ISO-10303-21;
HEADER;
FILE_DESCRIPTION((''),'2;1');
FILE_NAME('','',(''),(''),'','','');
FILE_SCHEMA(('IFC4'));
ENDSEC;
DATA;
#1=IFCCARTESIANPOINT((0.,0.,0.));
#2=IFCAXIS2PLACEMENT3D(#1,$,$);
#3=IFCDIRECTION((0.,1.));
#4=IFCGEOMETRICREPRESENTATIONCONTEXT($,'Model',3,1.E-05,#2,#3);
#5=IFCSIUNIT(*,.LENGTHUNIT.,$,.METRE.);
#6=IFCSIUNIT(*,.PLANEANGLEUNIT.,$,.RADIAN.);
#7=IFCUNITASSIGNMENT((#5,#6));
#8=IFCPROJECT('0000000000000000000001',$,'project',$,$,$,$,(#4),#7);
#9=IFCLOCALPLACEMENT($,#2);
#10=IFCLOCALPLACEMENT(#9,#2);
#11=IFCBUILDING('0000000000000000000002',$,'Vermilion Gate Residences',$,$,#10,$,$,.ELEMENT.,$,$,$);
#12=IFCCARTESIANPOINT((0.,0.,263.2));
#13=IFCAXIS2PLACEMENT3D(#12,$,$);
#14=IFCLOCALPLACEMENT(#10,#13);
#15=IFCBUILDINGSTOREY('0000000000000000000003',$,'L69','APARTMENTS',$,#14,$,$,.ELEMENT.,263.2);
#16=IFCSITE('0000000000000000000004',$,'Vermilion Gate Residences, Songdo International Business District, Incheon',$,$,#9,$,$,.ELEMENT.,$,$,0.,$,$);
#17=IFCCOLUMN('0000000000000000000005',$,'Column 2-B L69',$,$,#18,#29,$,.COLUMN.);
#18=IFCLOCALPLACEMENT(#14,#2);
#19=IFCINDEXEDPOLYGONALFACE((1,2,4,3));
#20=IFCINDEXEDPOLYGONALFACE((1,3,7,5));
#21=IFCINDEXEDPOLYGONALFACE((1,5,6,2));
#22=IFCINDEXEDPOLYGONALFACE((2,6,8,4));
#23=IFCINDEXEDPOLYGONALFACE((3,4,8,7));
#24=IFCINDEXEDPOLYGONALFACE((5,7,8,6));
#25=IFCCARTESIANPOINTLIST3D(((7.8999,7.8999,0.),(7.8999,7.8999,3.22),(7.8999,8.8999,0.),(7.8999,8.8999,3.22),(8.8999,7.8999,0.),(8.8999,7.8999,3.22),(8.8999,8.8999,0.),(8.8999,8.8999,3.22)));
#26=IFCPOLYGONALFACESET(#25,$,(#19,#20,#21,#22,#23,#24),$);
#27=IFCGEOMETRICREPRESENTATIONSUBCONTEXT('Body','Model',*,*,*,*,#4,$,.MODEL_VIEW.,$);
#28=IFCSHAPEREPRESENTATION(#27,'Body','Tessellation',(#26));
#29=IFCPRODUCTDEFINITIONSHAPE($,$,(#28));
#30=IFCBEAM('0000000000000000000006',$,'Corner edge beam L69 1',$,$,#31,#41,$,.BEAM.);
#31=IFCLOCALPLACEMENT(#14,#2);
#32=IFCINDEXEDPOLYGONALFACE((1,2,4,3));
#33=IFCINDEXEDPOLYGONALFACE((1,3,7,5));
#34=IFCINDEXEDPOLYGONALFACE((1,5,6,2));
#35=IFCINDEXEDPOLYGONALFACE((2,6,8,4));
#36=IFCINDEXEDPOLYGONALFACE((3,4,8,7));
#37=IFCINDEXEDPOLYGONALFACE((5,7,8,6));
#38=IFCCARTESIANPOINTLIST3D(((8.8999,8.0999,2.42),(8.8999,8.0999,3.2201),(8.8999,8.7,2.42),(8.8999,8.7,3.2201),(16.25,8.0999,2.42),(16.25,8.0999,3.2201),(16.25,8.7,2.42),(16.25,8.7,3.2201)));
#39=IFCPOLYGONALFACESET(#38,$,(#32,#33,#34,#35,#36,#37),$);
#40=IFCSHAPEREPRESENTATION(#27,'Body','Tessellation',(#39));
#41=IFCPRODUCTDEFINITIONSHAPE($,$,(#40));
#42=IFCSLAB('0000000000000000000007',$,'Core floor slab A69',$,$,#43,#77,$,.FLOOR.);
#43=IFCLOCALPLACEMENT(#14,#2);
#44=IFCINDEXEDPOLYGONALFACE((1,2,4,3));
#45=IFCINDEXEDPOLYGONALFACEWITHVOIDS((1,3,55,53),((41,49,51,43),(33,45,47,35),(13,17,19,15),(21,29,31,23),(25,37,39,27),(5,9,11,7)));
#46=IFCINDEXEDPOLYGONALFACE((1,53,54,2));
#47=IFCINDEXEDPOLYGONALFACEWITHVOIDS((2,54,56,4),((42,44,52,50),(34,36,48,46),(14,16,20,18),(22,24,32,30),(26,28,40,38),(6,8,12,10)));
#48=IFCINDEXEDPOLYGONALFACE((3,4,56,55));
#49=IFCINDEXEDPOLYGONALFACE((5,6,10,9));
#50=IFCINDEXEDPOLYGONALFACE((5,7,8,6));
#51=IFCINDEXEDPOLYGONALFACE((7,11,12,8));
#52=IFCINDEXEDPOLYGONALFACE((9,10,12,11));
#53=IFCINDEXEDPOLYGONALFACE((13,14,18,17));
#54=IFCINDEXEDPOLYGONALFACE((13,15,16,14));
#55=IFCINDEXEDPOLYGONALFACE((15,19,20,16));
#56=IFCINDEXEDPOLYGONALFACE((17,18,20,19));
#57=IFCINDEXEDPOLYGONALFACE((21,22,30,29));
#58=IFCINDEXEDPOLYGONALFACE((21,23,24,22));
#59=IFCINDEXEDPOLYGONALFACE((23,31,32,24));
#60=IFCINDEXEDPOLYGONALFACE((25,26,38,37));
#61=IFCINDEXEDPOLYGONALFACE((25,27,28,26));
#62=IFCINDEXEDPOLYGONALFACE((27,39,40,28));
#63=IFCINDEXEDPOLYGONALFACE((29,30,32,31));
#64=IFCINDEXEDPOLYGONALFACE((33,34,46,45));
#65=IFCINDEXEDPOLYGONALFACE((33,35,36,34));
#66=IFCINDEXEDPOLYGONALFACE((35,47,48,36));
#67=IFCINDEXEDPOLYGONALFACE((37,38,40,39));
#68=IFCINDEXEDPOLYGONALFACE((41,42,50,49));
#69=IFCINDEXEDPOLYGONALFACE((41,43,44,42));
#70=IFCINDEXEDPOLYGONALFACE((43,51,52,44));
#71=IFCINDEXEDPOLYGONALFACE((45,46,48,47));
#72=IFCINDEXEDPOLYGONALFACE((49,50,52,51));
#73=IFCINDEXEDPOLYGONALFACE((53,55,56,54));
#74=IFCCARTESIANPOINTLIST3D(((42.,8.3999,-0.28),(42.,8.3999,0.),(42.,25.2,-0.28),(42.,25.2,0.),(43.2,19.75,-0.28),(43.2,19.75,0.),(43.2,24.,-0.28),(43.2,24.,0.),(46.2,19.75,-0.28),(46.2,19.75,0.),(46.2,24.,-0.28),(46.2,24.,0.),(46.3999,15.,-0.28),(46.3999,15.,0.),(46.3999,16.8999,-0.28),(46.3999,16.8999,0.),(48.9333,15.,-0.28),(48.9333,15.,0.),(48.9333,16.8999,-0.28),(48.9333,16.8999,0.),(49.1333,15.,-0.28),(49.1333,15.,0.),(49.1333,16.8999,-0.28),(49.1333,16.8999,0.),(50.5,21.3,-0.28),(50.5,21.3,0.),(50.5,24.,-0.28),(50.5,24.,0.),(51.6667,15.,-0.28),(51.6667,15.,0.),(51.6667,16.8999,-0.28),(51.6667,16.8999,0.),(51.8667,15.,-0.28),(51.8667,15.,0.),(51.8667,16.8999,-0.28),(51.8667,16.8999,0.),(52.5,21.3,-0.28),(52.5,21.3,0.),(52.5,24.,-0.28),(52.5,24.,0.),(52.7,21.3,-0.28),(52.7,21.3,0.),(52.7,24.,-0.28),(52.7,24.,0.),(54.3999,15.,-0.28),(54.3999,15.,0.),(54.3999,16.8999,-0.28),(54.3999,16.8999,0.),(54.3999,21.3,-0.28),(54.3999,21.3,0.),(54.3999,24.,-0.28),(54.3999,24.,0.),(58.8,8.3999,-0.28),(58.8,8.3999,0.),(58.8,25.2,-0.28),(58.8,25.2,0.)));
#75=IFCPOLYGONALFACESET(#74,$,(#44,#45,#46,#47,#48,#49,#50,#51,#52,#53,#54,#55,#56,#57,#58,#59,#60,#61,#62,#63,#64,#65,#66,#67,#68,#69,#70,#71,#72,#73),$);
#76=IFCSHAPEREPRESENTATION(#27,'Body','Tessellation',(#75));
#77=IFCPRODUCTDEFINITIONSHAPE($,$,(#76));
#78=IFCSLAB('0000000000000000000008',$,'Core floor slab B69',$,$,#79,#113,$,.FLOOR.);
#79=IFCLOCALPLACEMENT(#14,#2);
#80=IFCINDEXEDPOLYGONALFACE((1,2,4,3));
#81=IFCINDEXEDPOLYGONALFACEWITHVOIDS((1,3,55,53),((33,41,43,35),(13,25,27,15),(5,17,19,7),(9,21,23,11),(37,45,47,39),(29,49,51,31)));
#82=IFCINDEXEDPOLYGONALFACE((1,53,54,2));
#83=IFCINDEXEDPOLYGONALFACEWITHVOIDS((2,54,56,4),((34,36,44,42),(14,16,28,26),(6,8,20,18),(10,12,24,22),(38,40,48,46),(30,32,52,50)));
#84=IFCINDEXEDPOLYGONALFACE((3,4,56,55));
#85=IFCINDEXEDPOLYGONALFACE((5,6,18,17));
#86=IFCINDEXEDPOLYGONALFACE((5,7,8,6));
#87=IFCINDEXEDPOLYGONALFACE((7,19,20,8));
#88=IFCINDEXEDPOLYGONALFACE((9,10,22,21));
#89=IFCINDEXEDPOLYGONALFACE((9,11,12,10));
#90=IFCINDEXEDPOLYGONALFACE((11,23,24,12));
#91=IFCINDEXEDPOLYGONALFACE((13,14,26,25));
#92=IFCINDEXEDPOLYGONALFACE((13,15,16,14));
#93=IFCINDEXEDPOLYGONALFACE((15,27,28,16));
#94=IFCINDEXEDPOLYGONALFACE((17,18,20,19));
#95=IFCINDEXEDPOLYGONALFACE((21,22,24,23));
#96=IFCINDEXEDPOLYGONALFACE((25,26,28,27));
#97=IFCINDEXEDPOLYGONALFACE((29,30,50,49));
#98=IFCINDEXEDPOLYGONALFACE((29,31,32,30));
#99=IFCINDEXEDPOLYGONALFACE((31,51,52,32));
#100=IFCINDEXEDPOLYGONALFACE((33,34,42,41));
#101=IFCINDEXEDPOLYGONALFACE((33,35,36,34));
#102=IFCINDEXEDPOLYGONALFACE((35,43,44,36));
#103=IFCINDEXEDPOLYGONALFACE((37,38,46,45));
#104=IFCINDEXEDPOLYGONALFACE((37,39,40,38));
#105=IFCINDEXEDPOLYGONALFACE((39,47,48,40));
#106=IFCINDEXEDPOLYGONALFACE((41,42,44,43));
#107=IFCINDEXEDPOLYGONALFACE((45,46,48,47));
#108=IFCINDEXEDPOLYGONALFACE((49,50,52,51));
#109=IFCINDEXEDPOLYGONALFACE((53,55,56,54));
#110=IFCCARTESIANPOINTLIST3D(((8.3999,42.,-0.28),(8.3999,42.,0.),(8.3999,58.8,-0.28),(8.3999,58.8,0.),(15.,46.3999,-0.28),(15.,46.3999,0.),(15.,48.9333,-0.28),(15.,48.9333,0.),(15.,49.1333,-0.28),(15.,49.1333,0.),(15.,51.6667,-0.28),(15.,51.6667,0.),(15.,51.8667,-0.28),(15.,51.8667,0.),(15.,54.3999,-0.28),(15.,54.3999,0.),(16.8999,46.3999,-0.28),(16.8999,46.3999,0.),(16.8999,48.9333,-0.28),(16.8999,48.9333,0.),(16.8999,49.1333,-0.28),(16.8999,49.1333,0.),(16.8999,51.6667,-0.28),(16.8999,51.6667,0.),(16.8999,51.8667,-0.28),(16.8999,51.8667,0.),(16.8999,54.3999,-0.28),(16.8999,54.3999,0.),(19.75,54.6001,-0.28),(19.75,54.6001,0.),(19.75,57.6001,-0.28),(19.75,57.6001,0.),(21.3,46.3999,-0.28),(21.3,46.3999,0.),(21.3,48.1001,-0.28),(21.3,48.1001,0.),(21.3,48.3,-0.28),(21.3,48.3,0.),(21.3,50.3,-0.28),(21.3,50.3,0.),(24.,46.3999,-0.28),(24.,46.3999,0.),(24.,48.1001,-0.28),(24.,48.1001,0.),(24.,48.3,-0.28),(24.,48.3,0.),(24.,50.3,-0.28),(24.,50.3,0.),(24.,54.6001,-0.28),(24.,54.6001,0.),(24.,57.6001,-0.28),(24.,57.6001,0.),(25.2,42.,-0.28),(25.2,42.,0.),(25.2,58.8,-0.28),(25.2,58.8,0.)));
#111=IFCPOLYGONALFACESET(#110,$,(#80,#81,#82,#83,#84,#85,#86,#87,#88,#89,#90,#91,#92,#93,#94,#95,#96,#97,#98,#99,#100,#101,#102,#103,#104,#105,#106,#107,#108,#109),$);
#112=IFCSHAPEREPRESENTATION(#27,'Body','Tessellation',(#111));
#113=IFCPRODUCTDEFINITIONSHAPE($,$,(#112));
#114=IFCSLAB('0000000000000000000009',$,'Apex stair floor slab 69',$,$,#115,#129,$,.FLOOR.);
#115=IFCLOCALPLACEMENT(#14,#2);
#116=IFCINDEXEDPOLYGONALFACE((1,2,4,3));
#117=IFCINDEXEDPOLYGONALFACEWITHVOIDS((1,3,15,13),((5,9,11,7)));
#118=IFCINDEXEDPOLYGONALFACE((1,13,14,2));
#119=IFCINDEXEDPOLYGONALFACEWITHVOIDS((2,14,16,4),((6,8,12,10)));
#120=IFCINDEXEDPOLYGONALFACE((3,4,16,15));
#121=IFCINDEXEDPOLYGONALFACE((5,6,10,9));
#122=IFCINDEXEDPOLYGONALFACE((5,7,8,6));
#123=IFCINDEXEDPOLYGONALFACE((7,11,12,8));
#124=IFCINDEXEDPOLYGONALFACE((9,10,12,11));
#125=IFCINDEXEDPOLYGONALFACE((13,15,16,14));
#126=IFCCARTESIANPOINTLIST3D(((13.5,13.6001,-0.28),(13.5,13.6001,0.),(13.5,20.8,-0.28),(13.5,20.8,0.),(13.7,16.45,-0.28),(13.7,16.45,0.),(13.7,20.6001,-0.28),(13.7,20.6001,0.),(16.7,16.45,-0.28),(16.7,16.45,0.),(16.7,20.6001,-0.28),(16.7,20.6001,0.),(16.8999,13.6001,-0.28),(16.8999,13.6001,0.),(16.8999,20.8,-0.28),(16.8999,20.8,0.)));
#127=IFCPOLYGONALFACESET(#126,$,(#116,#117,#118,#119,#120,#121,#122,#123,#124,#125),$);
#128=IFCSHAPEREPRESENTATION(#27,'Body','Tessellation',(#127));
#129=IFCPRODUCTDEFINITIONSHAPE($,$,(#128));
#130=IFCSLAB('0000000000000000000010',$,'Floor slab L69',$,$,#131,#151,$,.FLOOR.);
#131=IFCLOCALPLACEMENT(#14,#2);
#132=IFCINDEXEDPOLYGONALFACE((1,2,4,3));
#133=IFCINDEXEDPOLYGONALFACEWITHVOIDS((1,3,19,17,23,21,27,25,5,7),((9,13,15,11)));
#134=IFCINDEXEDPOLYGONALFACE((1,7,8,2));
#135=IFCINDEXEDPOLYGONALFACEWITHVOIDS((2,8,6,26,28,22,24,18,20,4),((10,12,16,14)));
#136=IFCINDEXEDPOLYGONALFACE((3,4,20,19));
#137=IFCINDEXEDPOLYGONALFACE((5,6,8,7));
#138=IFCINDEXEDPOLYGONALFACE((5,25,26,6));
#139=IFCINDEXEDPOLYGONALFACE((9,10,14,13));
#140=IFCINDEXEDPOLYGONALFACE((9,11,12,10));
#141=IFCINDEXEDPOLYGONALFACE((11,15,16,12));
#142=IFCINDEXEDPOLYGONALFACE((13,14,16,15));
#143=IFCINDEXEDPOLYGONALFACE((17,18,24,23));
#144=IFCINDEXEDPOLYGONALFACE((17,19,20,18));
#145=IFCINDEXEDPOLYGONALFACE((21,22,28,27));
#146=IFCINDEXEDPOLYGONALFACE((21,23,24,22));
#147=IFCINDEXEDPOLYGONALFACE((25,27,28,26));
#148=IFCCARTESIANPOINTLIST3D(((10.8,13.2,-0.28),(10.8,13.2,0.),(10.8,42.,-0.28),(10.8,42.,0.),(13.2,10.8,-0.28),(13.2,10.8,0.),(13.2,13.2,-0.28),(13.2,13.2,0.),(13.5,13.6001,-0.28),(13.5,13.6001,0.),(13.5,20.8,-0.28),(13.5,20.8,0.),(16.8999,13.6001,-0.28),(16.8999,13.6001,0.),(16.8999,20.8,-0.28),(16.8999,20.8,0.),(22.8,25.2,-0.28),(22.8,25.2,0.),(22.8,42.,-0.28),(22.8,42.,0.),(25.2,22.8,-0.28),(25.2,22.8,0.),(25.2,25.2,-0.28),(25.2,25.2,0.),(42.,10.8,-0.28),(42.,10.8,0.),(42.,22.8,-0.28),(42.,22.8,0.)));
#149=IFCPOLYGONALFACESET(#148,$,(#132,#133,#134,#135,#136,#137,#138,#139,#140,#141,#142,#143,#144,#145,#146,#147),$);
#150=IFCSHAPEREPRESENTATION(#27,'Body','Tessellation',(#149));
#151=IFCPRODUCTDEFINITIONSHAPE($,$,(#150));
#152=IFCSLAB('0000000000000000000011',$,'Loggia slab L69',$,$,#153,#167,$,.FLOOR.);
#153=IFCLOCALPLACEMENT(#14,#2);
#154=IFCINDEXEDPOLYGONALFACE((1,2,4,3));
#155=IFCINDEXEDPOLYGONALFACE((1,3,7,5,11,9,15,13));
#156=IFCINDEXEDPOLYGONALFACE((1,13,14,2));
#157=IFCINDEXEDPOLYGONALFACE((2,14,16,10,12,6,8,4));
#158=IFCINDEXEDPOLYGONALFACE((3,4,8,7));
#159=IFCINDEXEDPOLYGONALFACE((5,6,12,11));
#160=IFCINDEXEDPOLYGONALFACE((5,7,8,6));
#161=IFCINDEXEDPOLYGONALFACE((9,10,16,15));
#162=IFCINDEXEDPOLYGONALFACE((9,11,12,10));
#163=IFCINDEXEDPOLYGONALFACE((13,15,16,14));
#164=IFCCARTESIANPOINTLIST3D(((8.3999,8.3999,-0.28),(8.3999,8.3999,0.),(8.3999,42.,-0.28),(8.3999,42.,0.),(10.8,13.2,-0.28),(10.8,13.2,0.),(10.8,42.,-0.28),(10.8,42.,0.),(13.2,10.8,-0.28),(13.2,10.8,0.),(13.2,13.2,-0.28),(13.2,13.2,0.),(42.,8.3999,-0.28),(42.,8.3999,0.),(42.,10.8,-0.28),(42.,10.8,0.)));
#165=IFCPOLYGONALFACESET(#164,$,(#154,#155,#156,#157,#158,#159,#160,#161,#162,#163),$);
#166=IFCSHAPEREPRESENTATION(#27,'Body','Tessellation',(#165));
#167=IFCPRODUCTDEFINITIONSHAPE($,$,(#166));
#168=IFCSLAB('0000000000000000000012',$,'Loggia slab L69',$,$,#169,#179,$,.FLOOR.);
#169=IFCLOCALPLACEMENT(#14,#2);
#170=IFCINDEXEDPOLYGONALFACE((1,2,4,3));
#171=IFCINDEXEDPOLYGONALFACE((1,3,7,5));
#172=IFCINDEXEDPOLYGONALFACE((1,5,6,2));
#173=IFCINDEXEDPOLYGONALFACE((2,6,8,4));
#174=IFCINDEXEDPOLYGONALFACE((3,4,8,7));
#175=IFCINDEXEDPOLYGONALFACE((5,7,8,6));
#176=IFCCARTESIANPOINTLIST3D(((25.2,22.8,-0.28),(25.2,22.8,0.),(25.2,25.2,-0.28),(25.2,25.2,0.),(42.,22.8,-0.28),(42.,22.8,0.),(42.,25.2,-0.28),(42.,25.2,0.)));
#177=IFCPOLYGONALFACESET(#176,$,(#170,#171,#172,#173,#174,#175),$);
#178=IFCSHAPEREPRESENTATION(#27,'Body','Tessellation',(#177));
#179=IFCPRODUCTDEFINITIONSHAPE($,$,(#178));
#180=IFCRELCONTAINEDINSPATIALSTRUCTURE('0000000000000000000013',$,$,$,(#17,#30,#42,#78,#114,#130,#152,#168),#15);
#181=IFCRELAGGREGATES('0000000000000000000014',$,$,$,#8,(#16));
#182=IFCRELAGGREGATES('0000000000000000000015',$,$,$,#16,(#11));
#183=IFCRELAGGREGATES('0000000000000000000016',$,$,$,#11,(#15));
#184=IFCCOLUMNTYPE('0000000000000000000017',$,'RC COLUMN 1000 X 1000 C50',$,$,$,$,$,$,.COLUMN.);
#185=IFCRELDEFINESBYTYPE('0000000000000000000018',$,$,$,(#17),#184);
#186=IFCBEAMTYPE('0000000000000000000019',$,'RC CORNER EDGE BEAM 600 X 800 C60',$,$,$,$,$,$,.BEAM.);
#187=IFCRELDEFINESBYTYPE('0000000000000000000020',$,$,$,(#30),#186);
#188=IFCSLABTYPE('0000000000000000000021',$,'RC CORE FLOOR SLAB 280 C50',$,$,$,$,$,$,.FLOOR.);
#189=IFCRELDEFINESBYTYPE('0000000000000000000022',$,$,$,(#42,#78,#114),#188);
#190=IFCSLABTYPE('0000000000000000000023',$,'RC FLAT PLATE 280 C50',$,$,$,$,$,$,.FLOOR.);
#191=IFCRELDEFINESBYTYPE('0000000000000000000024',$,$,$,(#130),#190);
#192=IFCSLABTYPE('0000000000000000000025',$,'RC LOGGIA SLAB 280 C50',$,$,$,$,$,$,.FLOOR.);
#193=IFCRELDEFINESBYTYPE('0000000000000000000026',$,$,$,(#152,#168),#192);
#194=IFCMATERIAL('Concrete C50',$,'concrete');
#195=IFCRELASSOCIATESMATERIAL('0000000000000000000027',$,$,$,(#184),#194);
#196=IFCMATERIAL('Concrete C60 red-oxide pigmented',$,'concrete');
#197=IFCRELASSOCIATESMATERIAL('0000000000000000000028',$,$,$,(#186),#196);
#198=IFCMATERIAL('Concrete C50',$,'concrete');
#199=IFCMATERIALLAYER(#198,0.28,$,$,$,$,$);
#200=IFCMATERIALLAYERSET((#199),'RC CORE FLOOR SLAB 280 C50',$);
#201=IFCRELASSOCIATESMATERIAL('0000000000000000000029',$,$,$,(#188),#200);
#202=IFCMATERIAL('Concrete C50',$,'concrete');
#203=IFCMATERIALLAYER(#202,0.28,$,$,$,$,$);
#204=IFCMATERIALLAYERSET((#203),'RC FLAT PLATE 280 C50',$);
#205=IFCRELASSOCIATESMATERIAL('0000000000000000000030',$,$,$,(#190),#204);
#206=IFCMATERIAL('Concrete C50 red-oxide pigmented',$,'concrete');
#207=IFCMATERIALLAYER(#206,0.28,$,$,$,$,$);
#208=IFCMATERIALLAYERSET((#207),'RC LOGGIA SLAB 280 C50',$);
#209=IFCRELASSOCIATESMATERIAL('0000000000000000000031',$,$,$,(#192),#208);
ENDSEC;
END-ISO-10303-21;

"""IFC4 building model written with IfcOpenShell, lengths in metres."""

from ifc_helpers import new_model, si_unit, direction, frame, origin, origin_2d, place, context, subcontext, project, spatial, polyline, rectangle, outline, extrude, material, layer, layer_set, material_profile, profile_set, type_object, element, save


model = new_model("IFC4")

# Units and contexts
model_context = context("Model", 3, precision=1e-05, world=origin(), true_north=direction((0.0, 1.0)))
body_context = subcontext(model_context, "Body", "Model", "MODEL_VIEW")
ifc_project = project(units=[si_unit("LENGTHUNIT", "METRE"), si_unit("PLANEANGLEUNIT", "RADIAN")], contexts=[model_context])

# Site, building, storey
site_placement = place(None, origin())
site = spatial("IfcSite", under=ifc_project, at=site_placement, Name="Vermilion Gate Residences, Songdo International Business District, Incheon", CompositionType="ELEMENT", RefElevation=0.0)
building_placement = place(site_placement, origin())
building = spatial("IfcBuilding", under=site, at=building_placement, Name="Vermilion Gate Residences", CompositionType="ELEMENT")
storey_placement = place(building_placement, frame((0.0, 0.0, 263.2)))
storey = spatial("IfcBuildingStorey", under=building, at=storey_placement, Name="L69", Description="APARTMENTS", CompositionType="ELEMENT", Elevation=263.2)

# Column
ifc_material_1 = material(Name="Concrete C50", Category="concrete")
ifc_material_profile_1 = material_profile(ifc_material_1, rectangle(XDim=1.0, YDim=1.0, at=origin_2d()), Name="RC-1000x1000")
ifc_profile_set_1 = profile_set([ifc_material_profile_1], Name="Concrete C50")
column_type = type_object("IfcColumnType", Name="RC COLUMN 1000 X 1000 C50", PredefinedType="COLUMN", material=ifc_profile_set_1)
column_placement = place(storey_placement, frame((8.3999, 8.3999, 0.0), z_axis=(0.0, 0.0, 1.0), x_axis=(1.0, 0.0, 0.0)))
element("IfcColumn", 1, at=column_placement, inside=storey, type_object=column_type, Name="Column 2-B L69", PredefinedType="COLUMN", context=body_context, shape_type="SweptSolid", body=[
    extrude(rectangle(XDim=1.0, YDim=1.0, at=origin_2d()), origin(), (0.0, 0.0, 1.0), 3.22),
])

# Beam
ifc_material_2 = material(Name="Concrete C60 red-oxide pigmented", Category="concrete")
ifc_material_profile_2 = material_profile(ifc_material_2, rectangle(XDim=0.6001, YDim=0.8, at=origin_2d()), Name="RC-600x800")
ifc_profile_set_2 = profile_set([ifc_material_profile_2], Name="Concrete C60 red-oxide pigmented")
beam_type = type_object("IfcBeamType", Name="RC CORNER EDGE BEAM 600 X 800 C60", PredefinedType="BEAM", material=ifc_profile_set_2)
beam_placement = place(storey_placement, frame((8.8999, 8.3999, 2.8201), z_axis=(1.0, 0.0, 0.0), x_axis=(0.0, 1.0, 0.0)))
element("IfcBeam", 2, at=beam_placement, inside=storey, type_object=beam_type, Name="Corner edge beam L69 1", PredefinedType="BEAM", context=body_context, shape_type="SweptSolid", body=[
    extrude(rectangle(XDim=0.6001, YDim=0.8, at=origin_2d()), origin(), (0.0, 0.0, 1.0), 7.3501),
])

# Slabs
ifc_material_3 = material(Name="Concrete C50", Category="concrete")
ifc_layer_1 = layer(ifc_material_3, 0.28)
ifc_layer_set_1 = layer_set([ifc_layer_1], Name="RC CORE FLOOR SLAB 280 C50")
slab_type_1 = type_object("IfcSlabType", Name="RC CORE FLOOR SLAB 280 C50", PredefinedType="FLOOR", material=ifc_layer_set_1)
slab_1_placement = place(storey_placement, frame((0.0, 0.0, -0.28)))
element("IfcSlab", 3, at=slab_1_placement, inside=storey, type_object=slab_type_1, Name="Core floor slab A69", PredefinedType="FLOOR", context=body_context, shape_type="SweptSolid", body=[
    extrude(outline(polyline([(42.0, 8.3999), (58.8, 8.3999), (58.8, 25.2), (42.0, 25.2), (42.0, 8.3999)]), holes=[polyline([(46.3999, 15.0), (46.3999, 16.8999), (48.9333, 16.8999), (48.9333, 15.0), (46.3999, 15.0)]), polyline([(49.1333, 16.8999), (51.6667, 16.8999), (51.6667, 15.0), (49.1333, 15.0), (49.1333, 16.8999)]), polyline([(51.8667, 16.8999), (54.3999, 16.8999), (54.3999, 15.0), (51.8667, 15.0), (51.8667, 16.8999)]), polyline([(43.2, 19.75), (43.2, 24.0), (46.2, 24.0), (46.2, 19.75), (43.2, 19.75)]), polyline([(50.5, 24.0), (52.5, 24.0), (52.5, 21.3), (50.5, 21.3), (50.5, 24.0)]), polyline([(52.7, 24.0), (54.3999, 24.0), (54.3999, 21.3), (52.7, 21.3), (52.7, 24.0)])]), origin(), (0.0, 0.0, 1.0), 0.28),
])
slab_2_placement = place(storey_placement, frame((0.0, 0.0, -0.28)))
element("IfcSlab", 4, at=slab_2_placement, inside=storey, type_object=slab_type_1, Name="Core floor slab B69", PredefinedType="FLOOR", context=body_context, shape_type="SweptSolid", body=[
    extrude(outline(polyline([(8.3999, 42.0), (25.2, 42.0), (25.2, 58.8), (8.3999, 58.8), (8.3999, 42.0)]), holes=[polyline([(21.3, 46.3999), (21.3, 48.1001), (24.0, 48.1001), (24.0, 46.3999), (21.3, 46.3999)]), polyline([(15.0, 48.9333), (16.8999, 48.9333), (16.8999, 46.3999), (15.0, 46.3999), (15.0, 48.9333)]), polyline([(21.3, 50.3), (24.0, 50.3), (24.0, 48.3), (21.3, 48.3), (21.3, 50.3)]), polyline([(15.0, 49.1333), (15.0, 51.6667), (16.8999, 51.6667), (16.8999, 49.1333), (15.0, 49.1333)]), polyline([(15.0, 54.3999), (16.8999, 54.3999), (16.8999, 51.8667), (15.0, 51.8667), (15.0, 54.3999)]), polyline([(19.75, 57.6001), (24.0, 57.6001), (24.0, 54.6001), (19.75, 54.6001), (19.75, 57.6001)])]), origin(), (0.0, 0.0, 1.0), 0.28),
])
slab_3_placement = place(storey_placement, frame((0.0, 0.0, -0.28)))
element("IfcSlab", 5, at=slab_3_placement, inside=storey, type_object=slab_type_1, Name="Apex stair floor slab 69", PredefinedType="FLOOR", context=body_context, shape_type="SweptSolid", body=[
    extrude(outline(polyline([(13.5, 13.6001), (16.8999, 13.6001), (16.8999, 20.8), (13.5, 20.8), (13.5, 13.6001)]), holes=[polyline([(16.7, 20.6001), (16.7, 16.45), (13.7, 16.45), (13.7, 20.6001), (16.7, 20.6001)])]), origin(), (0.0, 0.0, 1.0), 0.28),
])
ifc_material_4 = material(Name="Concrete C50", Category="concrete")
ifc_layer_2 = layer(ifc_material_4, 0.28)
ifc_layer_set_2 = layer_set([ifc_layer_2], Name="RC FLAT PLATE 280 C50")
slab_type_2 = type_object("IfcSlabType", Name="RC FLAT PLATE 280 C50", PredefinedType="FLOOR", material=ifc_layer_set_2)
slab_4_placement = place(storey_placement, frame((0.0, 0.0, -0.28)))
element("IfcSlab", 6, at=slab_4_placement, inside=storey, type_object=slab_type_2, Name="Floor slab L69", PredefinedType="FLOOR", context=body_context, shape_type="SweptSolid", body=[
    extrude(outline(polyline([(22.8, 25.2), (22.8, 42.0), (10.8, 42.0), (10.8, 13.2), (13.2, 13.2), (13.2, 10.8), (42.0, 10.8), (42.0, 22.8), (25.2, 22.8), (25.2, 25.2), (22.8, 25.2)]), holes=[polyline([(13.5, 13.6001), (13.5, 20.8), (16.8999, 20.8), (16.8999, 13.6001), (13.5, 13.6001)])]), origin(), (0.0, 0.0, 1.0), 0.28),
])
ifc_material_5 = material(Name="Concrete C50 red-oxide pigmented", Category="concrete")
ifc_layer_3 = layer(ifc_material_5, 0.28)
ifc_layer_set_3 = layer_set([ifc_layer_3], Name="RC LOGGIA SLAB 280 C50")
slab_type_3 = type_object("IfcSlabType", Name="RC LOGGIA SLAB 280 C50", PredefinedType="FLOOR", material=ifc_layer_set_3)
slab_5_placement = place(storey_placement, frame((0.0, 0.0, -0.28)))
element("IfcSlab", 7, at=slab_5_placement, inside=storey, type_object=slab_type_3, Name="Loggia slab L69", PredefinedType="FLOOR", context=body_context, shape_type="SweptSolid", body=[
    extrude(outline(polyline([(8.3999, 8.3999), (42.0, 8.3999), (42.0, 10.8), (13.2, 10.8), (13.2, 13.2), (10.8, 13.2), (10.8, 42.0), (8.3999, 42.0), (8.3999, 8.3999)])), origin(), (0.0, 0.0, 1.0), 0.28),
])
slab_6_placement = place(storey_placement, frame((0.0, 0.0, -0.28)))
element("IfcSlab", 8, at=slab_6_placement, inside=storey, type_object=slab_type_3, Name="Loggia slab L69", PredefinedType="FLOOR", context=body_context, shape_type="SweptSolid", body=[
    extrude(outline(polyline([(25.2, 22.8), (42.0, 22.8), (42.0, 25.2), (25.2, 25.2), (25.2, 22.8)])), origin(), (0.0, 0.0, 1.0), 0.28),
])

save(model, "model.ifc")
